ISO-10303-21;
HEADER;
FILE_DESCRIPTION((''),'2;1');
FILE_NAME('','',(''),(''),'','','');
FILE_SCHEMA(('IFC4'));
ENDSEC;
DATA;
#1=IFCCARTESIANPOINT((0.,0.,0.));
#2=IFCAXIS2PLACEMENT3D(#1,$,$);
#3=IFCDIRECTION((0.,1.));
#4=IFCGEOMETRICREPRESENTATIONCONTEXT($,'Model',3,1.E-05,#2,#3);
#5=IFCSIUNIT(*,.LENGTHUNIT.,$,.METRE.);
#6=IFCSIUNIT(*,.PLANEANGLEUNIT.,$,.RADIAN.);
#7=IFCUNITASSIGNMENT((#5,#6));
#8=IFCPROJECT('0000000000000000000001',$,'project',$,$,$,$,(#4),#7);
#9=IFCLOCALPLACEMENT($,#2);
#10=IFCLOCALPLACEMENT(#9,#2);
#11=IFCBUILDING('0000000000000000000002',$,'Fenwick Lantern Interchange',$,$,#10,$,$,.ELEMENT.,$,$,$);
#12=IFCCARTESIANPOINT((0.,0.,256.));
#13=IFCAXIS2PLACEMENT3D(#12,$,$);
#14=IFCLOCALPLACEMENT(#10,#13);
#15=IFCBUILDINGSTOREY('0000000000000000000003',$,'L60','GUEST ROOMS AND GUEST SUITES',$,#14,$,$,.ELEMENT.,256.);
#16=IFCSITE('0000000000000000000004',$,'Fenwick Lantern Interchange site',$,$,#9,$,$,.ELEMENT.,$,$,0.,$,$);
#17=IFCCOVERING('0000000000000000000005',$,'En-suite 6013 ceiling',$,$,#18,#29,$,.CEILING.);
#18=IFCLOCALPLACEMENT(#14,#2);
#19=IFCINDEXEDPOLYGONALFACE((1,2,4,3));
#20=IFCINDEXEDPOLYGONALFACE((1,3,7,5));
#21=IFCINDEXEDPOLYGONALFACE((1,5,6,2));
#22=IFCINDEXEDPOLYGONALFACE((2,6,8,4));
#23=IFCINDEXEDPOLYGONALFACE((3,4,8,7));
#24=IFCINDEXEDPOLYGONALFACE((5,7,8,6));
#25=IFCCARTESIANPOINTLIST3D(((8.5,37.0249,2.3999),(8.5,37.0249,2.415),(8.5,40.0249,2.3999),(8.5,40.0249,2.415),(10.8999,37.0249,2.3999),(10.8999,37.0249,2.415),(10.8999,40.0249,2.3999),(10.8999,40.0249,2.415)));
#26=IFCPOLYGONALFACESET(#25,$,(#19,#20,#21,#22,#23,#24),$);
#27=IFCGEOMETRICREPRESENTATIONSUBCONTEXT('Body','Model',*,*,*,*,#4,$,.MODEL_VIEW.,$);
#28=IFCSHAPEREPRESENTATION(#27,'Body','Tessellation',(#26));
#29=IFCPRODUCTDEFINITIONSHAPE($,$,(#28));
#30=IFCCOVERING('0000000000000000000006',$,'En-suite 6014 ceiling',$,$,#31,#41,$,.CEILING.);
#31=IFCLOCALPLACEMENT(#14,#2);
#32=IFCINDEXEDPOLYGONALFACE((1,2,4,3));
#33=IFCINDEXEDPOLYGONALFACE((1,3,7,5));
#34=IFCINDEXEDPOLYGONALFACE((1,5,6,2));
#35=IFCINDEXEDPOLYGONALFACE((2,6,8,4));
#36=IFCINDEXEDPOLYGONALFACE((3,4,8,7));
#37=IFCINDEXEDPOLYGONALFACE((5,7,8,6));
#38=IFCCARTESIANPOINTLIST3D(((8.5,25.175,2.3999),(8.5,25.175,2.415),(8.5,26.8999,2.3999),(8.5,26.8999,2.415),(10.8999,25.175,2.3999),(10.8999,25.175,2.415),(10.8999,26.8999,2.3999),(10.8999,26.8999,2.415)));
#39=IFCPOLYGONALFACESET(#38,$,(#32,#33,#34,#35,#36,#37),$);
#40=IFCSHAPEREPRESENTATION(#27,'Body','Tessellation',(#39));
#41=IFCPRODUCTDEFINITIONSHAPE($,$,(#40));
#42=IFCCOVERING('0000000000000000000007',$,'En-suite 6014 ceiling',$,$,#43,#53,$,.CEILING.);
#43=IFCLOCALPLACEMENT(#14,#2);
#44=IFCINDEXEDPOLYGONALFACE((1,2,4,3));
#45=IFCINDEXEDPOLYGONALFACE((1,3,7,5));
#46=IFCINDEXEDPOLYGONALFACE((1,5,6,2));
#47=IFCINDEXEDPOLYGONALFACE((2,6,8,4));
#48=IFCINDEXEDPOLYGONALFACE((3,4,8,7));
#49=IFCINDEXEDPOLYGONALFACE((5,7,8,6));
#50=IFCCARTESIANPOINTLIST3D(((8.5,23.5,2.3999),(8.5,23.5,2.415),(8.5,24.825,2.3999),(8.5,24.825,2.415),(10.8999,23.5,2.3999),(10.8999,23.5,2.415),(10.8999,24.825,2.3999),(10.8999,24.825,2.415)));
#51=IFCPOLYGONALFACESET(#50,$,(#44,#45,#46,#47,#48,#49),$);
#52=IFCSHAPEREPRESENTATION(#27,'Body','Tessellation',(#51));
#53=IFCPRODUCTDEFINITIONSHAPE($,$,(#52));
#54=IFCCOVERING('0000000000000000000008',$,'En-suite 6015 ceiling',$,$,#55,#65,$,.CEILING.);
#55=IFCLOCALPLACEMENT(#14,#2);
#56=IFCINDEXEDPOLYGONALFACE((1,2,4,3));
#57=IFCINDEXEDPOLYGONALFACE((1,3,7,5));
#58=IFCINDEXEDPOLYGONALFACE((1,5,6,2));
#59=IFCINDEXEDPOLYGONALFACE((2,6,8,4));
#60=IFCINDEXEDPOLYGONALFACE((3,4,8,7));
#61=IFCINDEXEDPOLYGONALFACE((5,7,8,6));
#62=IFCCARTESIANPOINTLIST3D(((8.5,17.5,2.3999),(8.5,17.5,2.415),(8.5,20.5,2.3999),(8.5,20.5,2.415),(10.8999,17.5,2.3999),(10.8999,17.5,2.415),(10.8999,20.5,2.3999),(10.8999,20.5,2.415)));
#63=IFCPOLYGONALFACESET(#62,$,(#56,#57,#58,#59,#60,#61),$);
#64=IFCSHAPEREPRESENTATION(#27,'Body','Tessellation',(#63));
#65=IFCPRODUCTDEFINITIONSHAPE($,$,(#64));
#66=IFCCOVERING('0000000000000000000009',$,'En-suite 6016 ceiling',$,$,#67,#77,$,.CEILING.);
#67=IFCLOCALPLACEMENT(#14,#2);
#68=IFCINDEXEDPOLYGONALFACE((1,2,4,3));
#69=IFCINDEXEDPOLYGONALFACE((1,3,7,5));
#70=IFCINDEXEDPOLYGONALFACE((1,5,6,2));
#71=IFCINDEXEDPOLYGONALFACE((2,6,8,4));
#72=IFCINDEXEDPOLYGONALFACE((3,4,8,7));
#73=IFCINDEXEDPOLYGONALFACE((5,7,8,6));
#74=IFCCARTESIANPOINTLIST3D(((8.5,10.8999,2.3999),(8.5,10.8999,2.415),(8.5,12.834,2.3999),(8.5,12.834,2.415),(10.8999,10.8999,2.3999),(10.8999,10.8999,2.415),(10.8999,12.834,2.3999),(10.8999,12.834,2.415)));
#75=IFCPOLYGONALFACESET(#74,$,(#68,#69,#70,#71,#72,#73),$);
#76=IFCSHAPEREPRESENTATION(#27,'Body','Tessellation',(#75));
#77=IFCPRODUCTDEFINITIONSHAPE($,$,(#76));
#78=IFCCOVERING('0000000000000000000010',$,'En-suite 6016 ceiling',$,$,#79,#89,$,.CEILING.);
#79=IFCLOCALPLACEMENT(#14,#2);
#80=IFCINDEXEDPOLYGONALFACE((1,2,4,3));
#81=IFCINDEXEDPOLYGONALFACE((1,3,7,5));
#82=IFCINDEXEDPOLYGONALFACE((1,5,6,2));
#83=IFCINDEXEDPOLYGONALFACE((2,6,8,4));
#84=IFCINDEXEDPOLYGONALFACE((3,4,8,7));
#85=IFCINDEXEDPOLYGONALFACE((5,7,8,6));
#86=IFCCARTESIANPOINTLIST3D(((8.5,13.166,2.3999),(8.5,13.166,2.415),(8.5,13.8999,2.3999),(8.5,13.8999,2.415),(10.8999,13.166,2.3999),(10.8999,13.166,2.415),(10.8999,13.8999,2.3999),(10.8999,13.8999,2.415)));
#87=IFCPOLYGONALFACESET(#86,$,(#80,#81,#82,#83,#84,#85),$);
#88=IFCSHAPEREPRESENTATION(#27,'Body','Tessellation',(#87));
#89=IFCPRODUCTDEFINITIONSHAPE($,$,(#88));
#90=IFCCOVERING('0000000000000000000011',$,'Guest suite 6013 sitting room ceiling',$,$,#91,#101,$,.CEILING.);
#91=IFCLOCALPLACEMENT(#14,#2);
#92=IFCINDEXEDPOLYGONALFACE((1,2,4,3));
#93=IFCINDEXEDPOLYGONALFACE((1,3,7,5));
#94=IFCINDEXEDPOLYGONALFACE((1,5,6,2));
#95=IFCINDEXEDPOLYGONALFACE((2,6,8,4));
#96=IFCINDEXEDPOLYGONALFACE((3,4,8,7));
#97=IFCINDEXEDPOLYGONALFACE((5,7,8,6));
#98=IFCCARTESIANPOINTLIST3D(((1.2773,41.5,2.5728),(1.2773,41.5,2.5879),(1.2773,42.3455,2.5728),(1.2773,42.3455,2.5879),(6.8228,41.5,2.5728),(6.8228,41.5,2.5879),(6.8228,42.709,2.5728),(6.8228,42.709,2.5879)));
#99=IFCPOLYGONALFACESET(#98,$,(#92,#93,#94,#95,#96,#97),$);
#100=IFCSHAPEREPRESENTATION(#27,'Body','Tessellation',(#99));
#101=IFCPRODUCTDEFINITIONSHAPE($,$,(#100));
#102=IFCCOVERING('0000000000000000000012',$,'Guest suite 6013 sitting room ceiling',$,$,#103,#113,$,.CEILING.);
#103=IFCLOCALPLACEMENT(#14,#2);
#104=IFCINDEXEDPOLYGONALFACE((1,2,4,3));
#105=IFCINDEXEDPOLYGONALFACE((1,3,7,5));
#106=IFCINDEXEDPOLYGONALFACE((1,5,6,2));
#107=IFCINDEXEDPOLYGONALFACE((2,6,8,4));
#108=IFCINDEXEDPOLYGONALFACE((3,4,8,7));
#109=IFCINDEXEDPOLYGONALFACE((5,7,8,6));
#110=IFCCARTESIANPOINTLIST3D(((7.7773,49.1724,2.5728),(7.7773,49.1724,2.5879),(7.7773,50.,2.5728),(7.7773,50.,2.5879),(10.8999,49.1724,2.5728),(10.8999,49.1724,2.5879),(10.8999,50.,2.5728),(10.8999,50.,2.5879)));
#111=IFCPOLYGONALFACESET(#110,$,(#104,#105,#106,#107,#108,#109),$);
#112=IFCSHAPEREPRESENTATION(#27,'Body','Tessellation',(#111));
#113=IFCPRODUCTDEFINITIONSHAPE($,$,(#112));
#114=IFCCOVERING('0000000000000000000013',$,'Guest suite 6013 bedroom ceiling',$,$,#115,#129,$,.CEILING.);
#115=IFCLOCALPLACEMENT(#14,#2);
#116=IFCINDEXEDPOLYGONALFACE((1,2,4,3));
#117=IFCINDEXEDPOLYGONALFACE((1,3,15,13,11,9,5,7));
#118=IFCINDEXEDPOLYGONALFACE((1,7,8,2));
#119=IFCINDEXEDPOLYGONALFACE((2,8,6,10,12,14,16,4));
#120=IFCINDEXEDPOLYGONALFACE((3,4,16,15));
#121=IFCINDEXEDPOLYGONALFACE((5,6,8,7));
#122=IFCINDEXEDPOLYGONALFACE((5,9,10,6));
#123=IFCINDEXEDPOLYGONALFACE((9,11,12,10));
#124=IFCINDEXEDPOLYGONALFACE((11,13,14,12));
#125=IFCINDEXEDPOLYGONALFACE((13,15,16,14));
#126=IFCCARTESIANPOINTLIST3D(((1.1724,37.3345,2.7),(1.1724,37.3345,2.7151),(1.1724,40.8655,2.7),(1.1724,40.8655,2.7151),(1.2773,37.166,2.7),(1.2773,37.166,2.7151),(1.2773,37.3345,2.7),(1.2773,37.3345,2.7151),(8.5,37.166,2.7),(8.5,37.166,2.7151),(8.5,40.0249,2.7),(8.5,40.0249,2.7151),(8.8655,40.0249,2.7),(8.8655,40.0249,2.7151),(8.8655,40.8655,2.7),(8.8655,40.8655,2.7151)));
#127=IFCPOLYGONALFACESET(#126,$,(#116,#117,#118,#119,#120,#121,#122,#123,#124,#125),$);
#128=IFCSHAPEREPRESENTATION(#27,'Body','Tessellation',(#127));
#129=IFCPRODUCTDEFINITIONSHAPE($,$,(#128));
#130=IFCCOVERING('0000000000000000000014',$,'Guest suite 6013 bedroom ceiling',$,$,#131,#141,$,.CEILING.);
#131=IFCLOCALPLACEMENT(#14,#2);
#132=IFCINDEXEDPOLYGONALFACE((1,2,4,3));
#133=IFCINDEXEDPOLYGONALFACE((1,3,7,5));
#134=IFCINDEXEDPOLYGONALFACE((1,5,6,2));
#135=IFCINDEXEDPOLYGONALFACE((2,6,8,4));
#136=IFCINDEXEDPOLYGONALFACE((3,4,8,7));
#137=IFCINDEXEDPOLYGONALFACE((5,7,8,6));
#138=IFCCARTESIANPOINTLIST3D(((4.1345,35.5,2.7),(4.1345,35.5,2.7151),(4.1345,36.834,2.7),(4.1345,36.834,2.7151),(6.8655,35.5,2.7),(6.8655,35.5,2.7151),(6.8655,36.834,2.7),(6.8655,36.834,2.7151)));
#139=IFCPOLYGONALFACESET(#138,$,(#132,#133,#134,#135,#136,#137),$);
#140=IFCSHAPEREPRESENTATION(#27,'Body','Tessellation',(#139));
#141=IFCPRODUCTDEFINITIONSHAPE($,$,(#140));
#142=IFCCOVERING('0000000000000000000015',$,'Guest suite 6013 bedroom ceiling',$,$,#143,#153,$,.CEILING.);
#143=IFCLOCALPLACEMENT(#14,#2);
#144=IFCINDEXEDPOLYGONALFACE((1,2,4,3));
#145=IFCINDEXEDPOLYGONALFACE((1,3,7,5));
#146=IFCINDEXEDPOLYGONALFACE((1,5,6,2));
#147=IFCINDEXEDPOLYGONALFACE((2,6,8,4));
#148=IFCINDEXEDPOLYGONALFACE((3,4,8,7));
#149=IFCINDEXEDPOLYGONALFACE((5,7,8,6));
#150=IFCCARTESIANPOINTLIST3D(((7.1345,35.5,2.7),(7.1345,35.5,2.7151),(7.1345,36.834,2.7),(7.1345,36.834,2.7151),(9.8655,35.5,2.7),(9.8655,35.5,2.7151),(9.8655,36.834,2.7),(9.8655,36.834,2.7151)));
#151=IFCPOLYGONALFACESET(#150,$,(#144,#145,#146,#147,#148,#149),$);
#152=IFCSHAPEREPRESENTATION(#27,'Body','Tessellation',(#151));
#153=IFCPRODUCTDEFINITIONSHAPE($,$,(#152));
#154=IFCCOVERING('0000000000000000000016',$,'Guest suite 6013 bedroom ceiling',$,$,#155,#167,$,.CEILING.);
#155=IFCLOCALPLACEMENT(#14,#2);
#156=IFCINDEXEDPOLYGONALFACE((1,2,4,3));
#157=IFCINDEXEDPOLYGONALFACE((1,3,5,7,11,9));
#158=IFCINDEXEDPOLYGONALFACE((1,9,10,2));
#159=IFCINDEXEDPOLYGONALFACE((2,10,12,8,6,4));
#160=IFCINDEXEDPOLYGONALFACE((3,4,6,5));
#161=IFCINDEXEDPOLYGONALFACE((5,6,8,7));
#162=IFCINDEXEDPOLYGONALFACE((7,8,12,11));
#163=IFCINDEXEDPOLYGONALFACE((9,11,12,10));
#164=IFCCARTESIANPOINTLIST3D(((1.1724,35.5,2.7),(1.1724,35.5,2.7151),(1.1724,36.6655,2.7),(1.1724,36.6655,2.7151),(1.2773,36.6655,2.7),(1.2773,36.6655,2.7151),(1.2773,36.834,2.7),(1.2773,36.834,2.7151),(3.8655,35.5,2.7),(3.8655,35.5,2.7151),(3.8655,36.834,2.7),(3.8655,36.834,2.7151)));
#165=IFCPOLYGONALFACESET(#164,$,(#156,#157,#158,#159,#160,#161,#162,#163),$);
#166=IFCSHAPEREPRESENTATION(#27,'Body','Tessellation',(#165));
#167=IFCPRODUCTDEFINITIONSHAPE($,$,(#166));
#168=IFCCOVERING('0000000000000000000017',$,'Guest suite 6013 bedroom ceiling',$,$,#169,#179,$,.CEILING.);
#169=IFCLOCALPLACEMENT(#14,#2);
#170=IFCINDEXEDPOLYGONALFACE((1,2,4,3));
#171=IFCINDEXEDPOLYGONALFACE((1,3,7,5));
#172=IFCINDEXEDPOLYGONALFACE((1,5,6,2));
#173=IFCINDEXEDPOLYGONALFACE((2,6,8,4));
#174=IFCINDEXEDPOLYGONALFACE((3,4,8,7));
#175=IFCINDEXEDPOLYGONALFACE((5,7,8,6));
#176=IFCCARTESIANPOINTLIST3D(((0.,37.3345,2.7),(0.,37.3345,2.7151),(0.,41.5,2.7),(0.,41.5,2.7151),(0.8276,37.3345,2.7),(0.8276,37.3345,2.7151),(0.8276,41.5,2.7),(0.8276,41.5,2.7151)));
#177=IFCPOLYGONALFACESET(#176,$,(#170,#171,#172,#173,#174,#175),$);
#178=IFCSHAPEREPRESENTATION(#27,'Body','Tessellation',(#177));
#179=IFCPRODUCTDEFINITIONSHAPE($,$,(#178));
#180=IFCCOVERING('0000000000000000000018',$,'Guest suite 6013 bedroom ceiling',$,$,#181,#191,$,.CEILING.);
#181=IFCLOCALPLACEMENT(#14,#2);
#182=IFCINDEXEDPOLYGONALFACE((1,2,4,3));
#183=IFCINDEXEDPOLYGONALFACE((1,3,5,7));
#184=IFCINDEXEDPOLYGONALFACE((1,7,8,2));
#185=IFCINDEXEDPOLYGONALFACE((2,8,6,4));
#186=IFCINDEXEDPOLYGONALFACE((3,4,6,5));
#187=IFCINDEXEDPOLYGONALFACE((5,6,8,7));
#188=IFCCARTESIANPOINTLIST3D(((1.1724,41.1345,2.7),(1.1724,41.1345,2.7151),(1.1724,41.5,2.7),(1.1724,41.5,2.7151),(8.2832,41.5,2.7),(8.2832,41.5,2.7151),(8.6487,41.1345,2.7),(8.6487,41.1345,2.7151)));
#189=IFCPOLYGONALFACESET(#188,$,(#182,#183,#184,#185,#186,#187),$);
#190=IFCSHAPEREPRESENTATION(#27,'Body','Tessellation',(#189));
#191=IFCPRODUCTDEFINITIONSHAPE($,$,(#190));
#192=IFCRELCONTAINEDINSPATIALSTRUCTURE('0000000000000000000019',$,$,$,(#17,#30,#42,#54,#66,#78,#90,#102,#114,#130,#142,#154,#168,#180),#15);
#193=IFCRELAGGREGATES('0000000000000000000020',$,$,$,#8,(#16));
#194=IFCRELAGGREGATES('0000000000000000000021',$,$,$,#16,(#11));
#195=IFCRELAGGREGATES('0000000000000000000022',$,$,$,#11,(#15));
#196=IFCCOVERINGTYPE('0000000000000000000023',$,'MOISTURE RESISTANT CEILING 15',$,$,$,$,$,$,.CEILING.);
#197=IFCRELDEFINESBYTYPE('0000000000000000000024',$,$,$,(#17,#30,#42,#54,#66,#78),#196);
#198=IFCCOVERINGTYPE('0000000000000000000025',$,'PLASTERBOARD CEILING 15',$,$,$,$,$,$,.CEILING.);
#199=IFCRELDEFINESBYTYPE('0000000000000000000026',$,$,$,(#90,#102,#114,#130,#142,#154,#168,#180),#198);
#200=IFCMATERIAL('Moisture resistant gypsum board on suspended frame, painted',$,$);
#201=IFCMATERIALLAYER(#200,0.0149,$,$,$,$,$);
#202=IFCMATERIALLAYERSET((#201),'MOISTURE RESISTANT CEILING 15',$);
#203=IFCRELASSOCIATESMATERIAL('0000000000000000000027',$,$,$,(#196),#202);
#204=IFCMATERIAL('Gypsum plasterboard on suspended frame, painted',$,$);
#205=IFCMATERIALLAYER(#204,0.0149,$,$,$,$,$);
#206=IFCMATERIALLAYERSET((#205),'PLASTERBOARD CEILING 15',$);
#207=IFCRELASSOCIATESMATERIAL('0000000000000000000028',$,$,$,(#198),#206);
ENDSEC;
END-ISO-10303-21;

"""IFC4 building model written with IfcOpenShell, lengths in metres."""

from ifc_helpers import new_model, si_unit, direction, frame, origin, place, context, subcontext, project, spatial, polyline, outline, extrude, material, layer, layer_set, type_object, element, save


model = new_model("IFC4")

# Units and contexts
model_context = context("Model", 3, precision=1e-05, world=origin(), true_north=direction((0.0, 1.0)))
body_context = subcontext(model_context, "Body", "Model", "MODEL_VIEW")
ifc_project = project(units=[si_unit("LENGTHUNIT", "METRE"), si_unit("PLANEANGLEUNIT", "RADIAN")], contexts=[model_context])

# Site, building, storey
site_placement = place(None, origin())
site = spatial("IfcSite", under=ifc_project, at=site_placement, Name="Fenwick Lantern Interchange site", CompositionType="ELEMENT", RefElevation=0.0)
building_placement = place(site_placement, origin())
building = spatial("IfcBuilding", under=site, at=building_placement, Name="Fenwick Lantern Interchange", CompositionType="ELEMENT")
storey_placement = place(building_placement, frame((0.0, 0.0, 256.0)))
storey = spatial("IfcBuildingStorey", under=building, at=storey_placement, Name="L60", Description="GUEST ROOMS AND GUEST SUITES", CompositionType="ELEMENT", Elevation=256.0)

# Coverings
ifc_material_1 = material(Name="Moisture resistant gypsum board on suspended frame, painted")
ifc_layer_1 = layer(ifc_material_1, 0.0149)
ifc_layer_set_1 = layer_set([ifc_layer_1], Name="MOISTURE RESISTANT CEILING 15")
covering_type_1 = type_object("IfcCoveringType", Name="MOISTURE RESISTANT CEILING 15", PredefinedType="CEILING", material=ifc_layer_set_1)
covering_1_placement = place(storey_placement, frame((0.0, 0.0, 2.3999)))
element("IfcCovering", 1, at=covering_1_placement, inside=storey, type_object=covering_type_1, Name="En-suite 6013 ceiling", PredefinedType="CEILING", context=body_context, shape_type="SweptSolid", body=[
    extrude(outline(polyline([(8.5, 40.0249), (8.5, 37.0249), (10.8999, 37.0249), (10.8999, 40.0249), (8.5, 40.0249)])), origin(), (0.0, 0.0, 1.0), 0.0151),
])
covering_2_placement = place(storey_placement, frame((0.0, 0.0, 2.3999)))
element("IfcCovering", 2, at=covering_2_placement, inside=storey, type_object=covering_type_1, Name="En-suite 6014 ceiling", PredefinedType="CEILING", context=body_context, shape_type="SweptSolid", body=[
    extrude(outline(polyline([(8.5, 26.8999), (8.5, 25.175), (10.8999, 25.175), (10.8999, 26.8999), (8.5, 26.8999)])), origin(), (0.0, 0.0, 1.0), 0.0151),
])
covering_3_placement = place(storey_placement, frame((0.0, 0.0, 2.3999)))
element("IfcCovering", 3, at=covering_3_placement, inside=storey, type_object=covering_type_1, Name="En-suite 6014 ceiling", PredefinedType="CEILING", context=body_context, shape_type="SweptSolid", body=[
    extrude(outline(polyline([(10.8999, 23.5), (10.8999, 24.825), (8.5, 24.825), (8.5, 23.5), (10.8999, 23.5)])), origin(), (0.0, 0.0, 1.0), 0.0151),
])
covering_4_placement = place(storey_placement, frame((0.0, 0.0, 2.3999)))
element("IfcCovering", 4, at=covering_4_placement, inside=storey, type_object=covering_type_1, Name="En-suite 6015 ceiling", PredefinedType="CEILING", context=body_context, shape_type="SweptSolid", body=[
    extrude(outline(polyline([(8.5, 20.5), (8.5, 17.5), (10.8999, 17.5), (10.8999, 20.5), (8.5, 20.5)])), origin(), (0.0, 0.0, 1.0), 0.0151),
])
covering_5_placement = place(storey_placement, frame((0.0, 0.0, 2.3999)))
element("IfcCovering", 5, at=covering_5_placement, inside=storey, type_object=covering_type_1, Name="En-suite 6016 ceiling", PredefinedType="CEILING", context=body_context, shape_type="SweptSolid", body=[
    extrude(outline(polyline([(10.8999, 10.8999), (10.8999, 12.834), (8.5, 12.834), (8.5, 10.8999), (10.8999, 10.8999)])), origin(), (0.0, 0.0, 1.0), 0.0151),
])
covering_6_placement = place(storey_placement, frame((0.0, 0.0, 2.3999)))
element("IfcCovering", 6, at=covering_6_placement, inside=storey, type_object=covering_type_1, Name="En-suite 6016 ceiling", PredefinedType="CEILING", context=body_context, shape_type="SweptSolid", body=[
    extrude(outline(polyline([(8.5, 13.8999), (8.5, 13.166), (10.8999, 13.166), (10.8999, 13.8999), (8.5, 13.8999)])), origin(), (0.0, 0.0, 1.0), 0.0151),
])
ifc_material_2 = material(Name="Gypsum plasterboard on suspended frame, painted")
ifc_layer_2 = layer(ifc_material_2, 0.0149)
ifc_layer_set_2 = layer_set([ifc_layer_2], Name="PLASTERBOARD CEILING 15")
covering_type_2 = type_object("IfcCoveringType", Name="PLASTERBOARD CEILING 15", PredefinedType="CEILING", material=ifc_layer_set_2)
covering_7_placement = place(storey_placement, frame((0.0, 0.0, 2.5728)))
element("IfcCovering", 7, at=covering_7_placement, inside=storey, type_object=covering_type_2, Name="Guest suite 6013 sitting room ceiling", PredefinedType="CEILING", context=body_context, shape_type="SweptSolid", body=[
    extrude(outline(polyline([(6.8228, 41.5), (6.8228, 42.709), (1.2773, 42.3455), (1.2773, 41.5), (6.8228, 41.5)])), origin(), (0.0, 0.0, 1.0), 0.0151),
])
covering_8_placement = place(storey_placement, frame((0.0, 0.0, 2.5728)))
element("IfcCovering", 8, at=covering_8_placement, inside=storey, type_object=covering_type_2, Name="Guest suite 6013 sitting room ceiling", PredefinedType="CEILING", context=body_context, shape_type="SweptSolid", body=[
    extrude(outline(polyline([(7.7773, 50.0), (7.7773, 49.1724), (10.8999, 49.1724), (10.8999, 50.0), (7.7773, 50.0)])), origin(), (0.0, 0.0, 1.0), 0.0151),
])
covering_9_placement = place(storey_placement, frame((0.0, 0.0, 2.7)))
element("IfcCovering", 9, at=covering_9_placement, inside=storey, type_object=covering_type_2, Name="Guest suite 6013 bedroom ceiling", PredefinedType="CEILING", context=body_context, shape_type="SweptSolid", body=[
    extrude(outline(polyline([(1.2773, 37.3345), (1.2773, 37.166), (8.5, 37.166), (8.5, 40.0249), (8.8655, 40.0249), (8.8655, 40.8655), (1.1724, 40.8655), (1.1724, 37.3345), (1.2773, 37.3345)])), origin(), (0.0, 0.0, 1.0), 0.0151),
])
covering_10_placement = place(storey_placement, frame((0.0, 0.0, 2.7)))
element("IfcCovering", 10, at=covering_10_placement, inside=storey, type_object=covering_type_2, Name="Guest suite 6013 bedroom ceiling", PredefinedType="CEILING", context=body_context, shape_type="SweptSolid", body=[
    extrude(outline(polyline([(4.1345, 35.5), (6.8655, 35.5), (6.8655, 36.834), (4.1345, 36.834), (4.1345, 35.5)])), origin(), (0.0, 0.0, 1.0), 0.0151),
])
covering_11_placement = place(storey_placement, frame((0.0, 0.0, 2.7)))
element("IfcCovering", 11, at=covering_11_placement, inside=storey, type_object=covering_type_2, Name="Guest suite 6013 bedroom ceiling", PredefinedType="CEILING", context=body_context, shape_type="SweptSolid", body=[
    extrude(outline(polyline([(7.1345, 35.5), (9.8655, 35.5), (9.8655, 36.834), (7.1345, 36.834), (7.1345, 35.5)])), origin(), (0.0, 0.0, 1.0), 0.0151),
])
covering_12_placement = place(storey_placement, frame((0.0, 0.0, 2.7)))
element("IfcCovering", 12, at=covering_12_placement, inside=storey, type_object=covering_type_2, Name="Guest suite 6013 bedroom ceiling", PredefinedType="CEILING", context=body_context, shape_type="SweptSolid", body=[
    extrude(outline(polyline([(1.2773, 36.6655), (1.1724, 36.6655), (1.1724, 35.5), (3.8655, 35.5), (3.8655, 36.834), (1.2773, 36.834), (1.2773, 36.6655)])), origin(), (0.0, 0.0, 1.0), 0.0151),
])
covering_13_placement = place(storey_placement, frame((0.0, 0.0, 2.7)))
element("IfcCovering", 13, at=covering_13_placement, inside=storey, type_object=covering_type_2, Name="Guest suite 6013 bedroom ceiling", PredefinedType="CEILING", context=body_context, shape_type="SweptSolid", body=[
    extrude(outline(polyline([(0.0, 37.3345), (0.8276, 37.3345), (0.8276, 41.5), (0.0, 41.5), (0.0, 37.3345)])), origin(), (0.0, 0.0, 1.0), 0.0151),
])
covering_14_placement = place(storey_placement, frame((0.0, 0.0, 2.7)))
element("IfcCovering", 14, at=covering_14_placement, inside=storey, type_object=covering_type_2, Name="Guest suite 6013 bedroom ceiling", PredefinedType="CEILING", context=body_context, shape_type="SweptSolid", body=[
    extrude(outline(polyline([(8.2832, 41.5), (1.1724, 41.5), (1.1724, 41.1345), (8.6487, 41.1345), (8.2832, 41.5)])), origin(), (0.0, 0.0, 1.0), 0.0151),
])

save(model, "model.ifc")
